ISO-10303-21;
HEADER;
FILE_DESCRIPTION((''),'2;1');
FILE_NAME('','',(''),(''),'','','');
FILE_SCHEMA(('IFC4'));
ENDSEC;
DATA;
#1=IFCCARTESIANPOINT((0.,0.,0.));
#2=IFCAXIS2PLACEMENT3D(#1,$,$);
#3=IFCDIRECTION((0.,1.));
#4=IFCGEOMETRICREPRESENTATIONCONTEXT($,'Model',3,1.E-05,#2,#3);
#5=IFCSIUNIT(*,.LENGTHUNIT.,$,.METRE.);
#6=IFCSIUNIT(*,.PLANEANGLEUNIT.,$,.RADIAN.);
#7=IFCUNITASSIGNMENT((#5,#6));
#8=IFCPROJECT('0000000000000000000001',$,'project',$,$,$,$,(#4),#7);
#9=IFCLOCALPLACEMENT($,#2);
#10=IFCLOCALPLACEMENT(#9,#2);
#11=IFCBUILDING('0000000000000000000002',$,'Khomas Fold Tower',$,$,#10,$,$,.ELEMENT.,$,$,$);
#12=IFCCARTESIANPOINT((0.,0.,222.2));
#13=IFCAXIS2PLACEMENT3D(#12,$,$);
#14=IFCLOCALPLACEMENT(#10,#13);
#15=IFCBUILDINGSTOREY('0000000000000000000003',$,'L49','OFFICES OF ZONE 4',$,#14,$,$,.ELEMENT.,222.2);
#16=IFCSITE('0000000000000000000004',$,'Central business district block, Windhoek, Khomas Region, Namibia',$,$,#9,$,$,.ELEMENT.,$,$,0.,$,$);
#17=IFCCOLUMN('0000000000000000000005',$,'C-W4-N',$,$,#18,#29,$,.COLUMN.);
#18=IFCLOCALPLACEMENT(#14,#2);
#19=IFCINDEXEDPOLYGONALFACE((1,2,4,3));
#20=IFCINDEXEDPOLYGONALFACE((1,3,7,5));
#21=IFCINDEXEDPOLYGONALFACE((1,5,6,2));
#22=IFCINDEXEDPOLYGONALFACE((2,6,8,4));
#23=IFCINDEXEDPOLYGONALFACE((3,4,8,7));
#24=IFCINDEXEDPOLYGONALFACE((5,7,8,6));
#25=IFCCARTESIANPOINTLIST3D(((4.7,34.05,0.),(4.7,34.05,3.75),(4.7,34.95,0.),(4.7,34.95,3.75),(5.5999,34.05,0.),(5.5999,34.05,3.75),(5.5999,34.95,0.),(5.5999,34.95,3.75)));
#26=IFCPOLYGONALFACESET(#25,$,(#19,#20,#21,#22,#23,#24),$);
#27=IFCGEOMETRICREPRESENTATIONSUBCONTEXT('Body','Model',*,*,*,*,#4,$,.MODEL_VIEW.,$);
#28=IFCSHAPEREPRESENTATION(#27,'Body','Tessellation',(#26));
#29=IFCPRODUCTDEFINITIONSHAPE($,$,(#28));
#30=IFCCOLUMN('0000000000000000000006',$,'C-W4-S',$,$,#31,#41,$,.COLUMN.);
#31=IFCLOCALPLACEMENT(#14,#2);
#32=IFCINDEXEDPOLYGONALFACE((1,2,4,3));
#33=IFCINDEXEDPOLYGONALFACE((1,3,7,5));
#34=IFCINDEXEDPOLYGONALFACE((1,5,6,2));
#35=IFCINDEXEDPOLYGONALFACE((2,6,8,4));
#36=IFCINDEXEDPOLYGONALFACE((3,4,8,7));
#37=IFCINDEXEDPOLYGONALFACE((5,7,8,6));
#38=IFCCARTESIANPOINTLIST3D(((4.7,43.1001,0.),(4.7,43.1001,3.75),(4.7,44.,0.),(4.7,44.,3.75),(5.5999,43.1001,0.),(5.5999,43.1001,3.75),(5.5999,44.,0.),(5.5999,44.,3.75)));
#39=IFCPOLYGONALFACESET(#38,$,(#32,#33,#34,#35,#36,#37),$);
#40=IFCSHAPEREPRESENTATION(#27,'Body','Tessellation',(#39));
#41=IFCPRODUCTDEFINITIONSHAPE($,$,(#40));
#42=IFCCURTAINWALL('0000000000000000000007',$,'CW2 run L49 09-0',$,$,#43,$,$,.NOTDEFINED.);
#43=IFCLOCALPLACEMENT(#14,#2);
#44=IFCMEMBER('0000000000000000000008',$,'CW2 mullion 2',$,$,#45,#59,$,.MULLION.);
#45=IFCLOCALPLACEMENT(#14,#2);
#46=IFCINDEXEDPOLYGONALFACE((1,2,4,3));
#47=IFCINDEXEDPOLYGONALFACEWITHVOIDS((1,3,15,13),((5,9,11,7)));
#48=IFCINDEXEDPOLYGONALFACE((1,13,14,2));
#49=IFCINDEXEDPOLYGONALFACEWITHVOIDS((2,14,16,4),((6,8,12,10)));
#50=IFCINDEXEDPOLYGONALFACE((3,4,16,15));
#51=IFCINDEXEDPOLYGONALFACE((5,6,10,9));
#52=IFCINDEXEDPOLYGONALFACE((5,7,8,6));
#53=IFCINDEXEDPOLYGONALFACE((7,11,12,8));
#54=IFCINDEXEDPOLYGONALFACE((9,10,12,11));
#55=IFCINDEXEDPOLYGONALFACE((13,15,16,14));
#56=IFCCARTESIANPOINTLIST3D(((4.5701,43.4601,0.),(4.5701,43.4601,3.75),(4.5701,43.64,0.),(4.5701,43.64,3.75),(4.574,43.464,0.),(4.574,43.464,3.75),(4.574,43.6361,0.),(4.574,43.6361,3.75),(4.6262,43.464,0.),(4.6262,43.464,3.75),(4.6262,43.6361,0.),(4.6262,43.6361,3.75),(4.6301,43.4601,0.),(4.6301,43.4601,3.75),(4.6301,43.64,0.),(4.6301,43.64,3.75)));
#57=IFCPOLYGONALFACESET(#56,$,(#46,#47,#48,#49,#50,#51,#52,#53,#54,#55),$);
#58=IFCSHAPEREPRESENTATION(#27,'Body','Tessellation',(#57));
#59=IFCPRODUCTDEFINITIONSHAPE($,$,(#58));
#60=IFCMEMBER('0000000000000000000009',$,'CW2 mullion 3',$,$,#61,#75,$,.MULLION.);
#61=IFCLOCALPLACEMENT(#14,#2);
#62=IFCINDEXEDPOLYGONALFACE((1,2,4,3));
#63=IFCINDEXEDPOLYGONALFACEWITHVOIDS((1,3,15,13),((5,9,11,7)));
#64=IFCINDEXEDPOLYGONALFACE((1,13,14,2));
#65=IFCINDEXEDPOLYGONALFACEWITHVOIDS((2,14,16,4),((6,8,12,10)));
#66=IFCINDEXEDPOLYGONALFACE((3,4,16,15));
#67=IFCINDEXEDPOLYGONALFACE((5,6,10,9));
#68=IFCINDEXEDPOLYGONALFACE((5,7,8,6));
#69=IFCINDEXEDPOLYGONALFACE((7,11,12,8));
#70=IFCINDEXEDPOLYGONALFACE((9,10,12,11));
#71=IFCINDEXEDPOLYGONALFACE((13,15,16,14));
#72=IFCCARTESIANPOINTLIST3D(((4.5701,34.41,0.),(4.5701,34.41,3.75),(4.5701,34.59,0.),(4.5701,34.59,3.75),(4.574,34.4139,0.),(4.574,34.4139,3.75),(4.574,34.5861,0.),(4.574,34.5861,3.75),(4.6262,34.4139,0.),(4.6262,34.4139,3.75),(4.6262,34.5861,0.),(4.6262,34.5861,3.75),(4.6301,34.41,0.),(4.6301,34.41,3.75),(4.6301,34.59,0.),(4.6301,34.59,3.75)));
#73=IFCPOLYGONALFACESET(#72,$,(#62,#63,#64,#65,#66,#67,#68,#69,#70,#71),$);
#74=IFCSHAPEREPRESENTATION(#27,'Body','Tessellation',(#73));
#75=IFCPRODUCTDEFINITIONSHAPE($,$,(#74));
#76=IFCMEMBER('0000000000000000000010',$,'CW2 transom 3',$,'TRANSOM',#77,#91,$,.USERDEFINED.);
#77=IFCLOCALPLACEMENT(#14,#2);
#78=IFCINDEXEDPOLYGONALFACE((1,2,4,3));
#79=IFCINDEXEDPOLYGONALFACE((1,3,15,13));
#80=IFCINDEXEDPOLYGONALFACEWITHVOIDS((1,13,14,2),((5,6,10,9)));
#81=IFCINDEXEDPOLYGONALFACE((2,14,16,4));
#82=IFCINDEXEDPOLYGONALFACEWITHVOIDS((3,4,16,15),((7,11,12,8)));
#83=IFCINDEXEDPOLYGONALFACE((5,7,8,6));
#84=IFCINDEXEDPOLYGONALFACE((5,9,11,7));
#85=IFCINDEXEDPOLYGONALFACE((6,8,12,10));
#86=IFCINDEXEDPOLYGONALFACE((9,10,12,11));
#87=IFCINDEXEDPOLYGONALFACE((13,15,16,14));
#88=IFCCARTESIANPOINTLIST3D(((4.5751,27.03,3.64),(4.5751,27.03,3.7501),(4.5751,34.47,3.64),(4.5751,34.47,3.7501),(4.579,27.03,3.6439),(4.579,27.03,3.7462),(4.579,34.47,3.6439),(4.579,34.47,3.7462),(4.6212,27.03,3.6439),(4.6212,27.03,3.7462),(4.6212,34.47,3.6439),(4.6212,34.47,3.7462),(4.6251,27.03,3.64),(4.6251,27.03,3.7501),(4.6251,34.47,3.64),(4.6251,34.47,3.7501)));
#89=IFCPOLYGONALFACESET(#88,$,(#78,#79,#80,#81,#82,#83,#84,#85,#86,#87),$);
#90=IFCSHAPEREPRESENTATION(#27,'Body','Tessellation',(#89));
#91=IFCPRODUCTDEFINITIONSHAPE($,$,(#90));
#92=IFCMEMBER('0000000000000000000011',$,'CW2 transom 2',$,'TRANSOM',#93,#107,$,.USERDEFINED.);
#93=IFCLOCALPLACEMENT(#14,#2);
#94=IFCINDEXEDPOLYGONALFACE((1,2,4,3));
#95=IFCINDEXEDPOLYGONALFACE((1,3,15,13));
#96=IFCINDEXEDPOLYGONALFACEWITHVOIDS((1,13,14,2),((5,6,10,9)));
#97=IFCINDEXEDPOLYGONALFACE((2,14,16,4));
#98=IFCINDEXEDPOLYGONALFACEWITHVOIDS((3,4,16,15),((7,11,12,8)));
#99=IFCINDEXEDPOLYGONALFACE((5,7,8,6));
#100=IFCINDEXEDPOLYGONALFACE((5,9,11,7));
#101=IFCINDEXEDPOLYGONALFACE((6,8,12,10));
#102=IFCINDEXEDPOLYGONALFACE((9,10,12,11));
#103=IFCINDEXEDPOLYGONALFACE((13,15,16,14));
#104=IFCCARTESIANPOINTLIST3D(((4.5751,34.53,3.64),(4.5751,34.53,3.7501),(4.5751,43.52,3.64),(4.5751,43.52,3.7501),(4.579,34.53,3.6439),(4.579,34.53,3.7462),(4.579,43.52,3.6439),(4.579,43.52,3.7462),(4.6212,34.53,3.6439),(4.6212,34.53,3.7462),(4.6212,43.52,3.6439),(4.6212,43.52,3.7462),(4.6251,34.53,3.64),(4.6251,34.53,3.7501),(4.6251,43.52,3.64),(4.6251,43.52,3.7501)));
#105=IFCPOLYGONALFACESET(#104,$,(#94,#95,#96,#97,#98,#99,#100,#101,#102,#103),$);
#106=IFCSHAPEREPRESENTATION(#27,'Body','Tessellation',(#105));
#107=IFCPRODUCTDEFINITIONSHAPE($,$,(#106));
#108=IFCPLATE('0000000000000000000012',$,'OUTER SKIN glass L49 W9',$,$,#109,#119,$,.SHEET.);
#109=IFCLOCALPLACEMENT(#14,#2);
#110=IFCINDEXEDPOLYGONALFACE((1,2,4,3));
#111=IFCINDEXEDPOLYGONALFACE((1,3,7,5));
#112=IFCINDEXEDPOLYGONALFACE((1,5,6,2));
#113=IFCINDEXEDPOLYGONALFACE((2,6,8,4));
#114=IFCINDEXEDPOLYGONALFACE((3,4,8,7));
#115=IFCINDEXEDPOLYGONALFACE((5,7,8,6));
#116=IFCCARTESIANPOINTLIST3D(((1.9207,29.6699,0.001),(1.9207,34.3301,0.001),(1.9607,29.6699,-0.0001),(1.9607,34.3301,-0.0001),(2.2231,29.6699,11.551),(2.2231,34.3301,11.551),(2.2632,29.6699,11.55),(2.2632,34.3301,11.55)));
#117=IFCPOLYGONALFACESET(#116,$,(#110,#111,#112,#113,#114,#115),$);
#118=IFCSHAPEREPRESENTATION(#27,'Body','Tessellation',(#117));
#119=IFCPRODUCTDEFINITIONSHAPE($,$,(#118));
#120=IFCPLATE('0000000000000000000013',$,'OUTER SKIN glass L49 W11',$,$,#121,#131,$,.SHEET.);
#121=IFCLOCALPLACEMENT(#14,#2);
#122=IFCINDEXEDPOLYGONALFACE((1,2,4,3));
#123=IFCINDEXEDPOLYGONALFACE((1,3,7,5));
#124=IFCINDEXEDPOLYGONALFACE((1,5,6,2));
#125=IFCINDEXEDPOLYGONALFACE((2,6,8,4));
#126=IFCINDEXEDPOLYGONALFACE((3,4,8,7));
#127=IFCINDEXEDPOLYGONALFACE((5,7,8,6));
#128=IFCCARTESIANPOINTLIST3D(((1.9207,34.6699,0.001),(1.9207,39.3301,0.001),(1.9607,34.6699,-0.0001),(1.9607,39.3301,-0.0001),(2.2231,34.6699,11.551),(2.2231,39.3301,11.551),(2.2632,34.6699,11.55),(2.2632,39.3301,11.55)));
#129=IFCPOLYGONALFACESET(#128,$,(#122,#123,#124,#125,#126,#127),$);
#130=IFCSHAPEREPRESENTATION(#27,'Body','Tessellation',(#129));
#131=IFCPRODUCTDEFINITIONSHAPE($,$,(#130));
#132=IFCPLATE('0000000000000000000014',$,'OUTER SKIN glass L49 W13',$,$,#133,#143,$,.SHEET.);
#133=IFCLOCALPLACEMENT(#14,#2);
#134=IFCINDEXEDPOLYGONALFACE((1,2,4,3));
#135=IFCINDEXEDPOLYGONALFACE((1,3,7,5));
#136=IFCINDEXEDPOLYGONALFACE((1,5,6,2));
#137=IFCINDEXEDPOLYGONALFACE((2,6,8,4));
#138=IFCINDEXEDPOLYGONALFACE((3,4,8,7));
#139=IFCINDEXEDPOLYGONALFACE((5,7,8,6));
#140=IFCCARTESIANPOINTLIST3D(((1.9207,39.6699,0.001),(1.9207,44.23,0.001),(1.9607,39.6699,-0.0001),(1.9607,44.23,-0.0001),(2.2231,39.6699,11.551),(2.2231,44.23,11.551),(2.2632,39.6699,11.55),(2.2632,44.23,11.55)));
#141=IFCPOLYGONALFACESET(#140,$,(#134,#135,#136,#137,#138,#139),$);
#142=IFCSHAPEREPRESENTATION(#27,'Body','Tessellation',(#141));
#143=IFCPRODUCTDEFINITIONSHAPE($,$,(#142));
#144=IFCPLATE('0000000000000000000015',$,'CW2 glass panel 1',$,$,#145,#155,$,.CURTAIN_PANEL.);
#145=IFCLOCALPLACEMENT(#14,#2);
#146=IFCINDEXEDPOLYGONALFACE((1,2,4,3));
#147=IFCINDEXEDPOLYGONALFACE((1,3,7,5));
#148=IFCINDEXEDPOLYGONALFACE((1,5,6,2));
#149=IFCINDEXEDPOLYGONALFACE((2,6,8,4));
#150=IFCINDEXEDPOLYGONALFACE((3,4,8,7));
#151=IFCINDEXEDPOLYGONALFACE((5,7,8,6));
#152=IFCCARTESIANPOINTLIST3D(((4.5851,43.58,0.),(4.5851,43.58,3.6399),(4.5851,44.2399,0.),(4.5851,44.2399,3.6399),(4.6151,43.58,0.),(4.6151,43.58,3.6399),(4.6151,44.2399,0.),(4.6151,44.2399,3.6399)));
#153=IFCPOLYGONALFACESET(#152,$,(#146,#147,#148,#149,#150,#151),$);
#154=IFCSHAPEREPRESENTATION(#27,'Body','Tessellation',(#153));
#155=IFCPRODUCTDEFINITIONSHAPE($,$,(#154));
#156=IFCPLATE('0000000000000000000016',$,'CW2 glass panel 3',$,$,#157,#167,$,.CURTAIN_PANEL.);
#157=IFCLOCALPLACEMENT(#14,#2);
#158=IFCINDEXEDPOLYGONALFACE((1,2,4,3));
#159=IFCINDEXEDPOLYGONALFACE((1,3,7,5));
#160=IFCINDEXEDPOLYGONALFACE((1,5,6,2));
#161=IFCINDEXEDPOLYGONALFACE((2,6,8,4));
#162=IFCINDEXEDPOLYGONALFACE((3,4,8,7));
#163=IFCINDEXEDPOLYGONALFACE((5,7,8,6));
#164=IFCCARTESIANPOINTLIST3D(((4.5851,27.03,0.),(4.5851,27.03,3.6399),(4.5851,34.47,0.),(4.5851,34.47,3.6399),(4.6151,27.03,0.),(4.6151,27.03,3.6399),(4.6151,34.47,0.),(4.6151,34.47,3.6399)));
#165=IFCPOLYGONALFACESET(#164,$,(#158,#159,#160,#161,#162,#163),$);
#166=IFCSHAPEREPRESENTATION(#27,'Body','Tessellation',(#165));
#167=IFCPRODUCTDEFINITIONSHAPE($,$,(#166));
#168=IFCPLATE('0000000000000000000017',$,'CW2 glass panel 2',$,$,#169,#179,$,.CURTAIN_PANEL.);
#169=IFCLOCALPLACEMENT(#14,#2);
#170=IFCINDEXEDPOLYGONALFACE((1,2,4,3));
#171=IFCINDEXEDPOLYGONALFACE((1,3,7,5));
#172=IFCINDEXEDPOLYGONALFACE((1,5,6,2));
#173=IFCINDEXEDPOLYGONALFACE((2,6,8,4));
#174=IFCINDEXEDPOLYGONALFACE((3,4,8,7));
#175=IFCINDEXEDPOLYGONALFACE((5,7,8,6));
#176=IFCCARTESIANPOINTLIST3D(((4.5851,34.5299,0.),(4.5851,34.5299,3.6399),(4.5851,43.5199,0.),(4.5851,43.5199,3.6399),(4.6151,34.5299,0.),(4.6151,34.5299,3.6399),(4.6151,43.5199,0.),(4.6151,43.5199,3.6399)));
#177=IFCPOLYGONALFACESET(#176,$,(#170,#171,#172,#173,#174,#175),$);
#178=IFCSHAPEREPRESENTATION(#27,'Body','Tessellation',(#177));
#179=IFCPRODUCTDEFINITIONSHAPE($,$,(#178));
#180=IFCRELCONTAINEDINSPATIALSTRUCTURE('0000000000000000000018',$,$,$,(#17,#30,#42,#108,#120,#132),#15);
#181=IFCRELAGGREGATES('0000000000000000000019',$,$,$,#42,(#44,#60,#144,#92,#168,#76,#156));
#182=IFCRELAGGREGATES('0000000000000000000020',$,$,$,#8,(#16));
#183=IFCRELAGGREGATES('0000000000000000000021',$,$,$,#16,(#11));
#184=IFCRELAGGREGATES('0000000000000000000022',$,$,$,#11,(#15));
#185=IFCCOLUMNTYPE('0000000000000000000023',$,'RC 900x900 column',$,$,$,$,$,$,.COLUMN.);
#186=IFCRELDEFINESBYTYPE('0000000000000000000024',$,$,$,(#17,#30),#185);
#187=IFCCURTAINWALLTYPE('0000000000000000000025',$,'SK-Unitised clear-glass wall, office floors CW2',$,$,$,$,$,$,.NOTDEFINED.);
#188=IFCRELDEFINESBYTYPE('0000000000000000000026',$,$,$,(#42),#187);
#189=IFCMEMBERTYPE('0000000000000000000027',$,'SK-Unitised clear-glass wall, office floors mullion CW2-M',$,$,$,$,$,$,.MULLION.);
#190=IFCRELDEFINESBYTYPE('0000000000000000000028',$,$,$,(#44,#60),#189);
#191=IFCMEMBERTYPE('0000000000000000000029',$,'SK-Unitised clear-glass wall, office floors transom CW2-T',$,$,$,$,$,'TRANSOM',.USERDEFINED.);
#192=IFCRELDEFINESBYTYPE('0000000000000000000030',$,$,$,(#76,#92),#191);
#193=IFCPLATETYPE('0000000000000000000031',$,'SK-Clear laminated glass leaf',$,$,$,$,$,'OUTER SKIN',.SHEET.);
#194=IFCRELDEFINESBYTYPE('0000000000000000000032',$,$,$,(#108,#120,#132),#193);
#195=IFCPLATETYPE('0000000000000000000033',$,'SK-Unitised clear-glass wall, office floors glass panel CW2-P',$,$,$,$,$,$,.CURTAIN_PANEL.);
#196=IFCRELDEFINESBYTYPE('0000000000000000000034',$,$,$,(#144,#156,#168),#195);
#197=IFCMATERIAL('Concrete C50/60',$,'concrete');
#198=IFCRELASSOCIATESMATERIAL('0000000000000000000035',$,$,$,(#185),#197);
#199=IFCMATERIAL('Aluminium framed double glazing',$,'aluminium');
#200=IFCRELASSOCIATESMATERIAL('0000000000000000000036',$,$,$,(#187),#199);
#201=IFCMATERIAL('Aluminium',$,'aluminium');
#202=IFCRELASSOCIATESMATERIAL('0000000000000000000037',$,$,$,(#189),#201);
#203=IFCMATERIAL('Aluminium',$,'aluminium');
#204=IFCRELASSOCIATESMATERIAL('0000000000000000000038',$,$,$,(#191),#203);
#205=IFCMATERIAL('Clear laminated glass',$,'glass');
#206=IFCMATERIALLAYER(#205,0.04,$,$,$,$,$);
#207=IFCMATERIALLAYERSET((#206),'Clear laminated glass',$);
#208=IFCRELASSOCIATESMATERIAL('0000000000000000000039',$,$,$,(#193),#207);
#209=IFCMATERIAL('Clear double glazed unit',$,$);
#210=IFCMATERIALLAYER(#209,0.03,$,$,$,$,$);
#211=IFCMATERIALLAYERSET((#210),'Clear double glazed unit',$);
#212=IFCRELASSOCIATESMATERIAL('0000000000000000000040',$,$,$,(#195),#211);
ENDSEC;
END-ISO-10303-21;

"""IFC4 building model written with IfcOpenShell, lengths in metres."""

from ifc_helpers import new_model, si_unit, direction, frame, origin, origin_2d, place, context, subcontext, project, spatial, polyline, rectangle, hollow_rectangle, outline, extrude, source, transform, mapped, material, layer, layer_set, material_profile, profile_set, type_object, element, aggregate, save


model = new_model("IFC4")

# Units and contexts
model_context = context("Model", 3, precision=1e-05, world=origin(), true_north=direction((0.0, 1.0)))
body_context = subcontext(model_context, "Body", "Model", "MODEL_VIEW")
ifc_project = project(units=[si_unit("LENGTHUNIT", "METRE"), si_unit("PLANEANGLEUNIT", "RADIAN")], contexts=[model_context])

# Site, building, storey
site_placement = place(None, origin())
site = spatial("IfcSite", under=ifc_project, at=site_placement, Name="Central business district block, Windhoek, Khomas Region, Namibia", CompositionType="ELEMENT", RefElevation=0.0)
building_placement = place(site_placement, origin())
building = spatial("IfcBuilding", under=site, at=building_placement, Name="Khomas Fold Tower", CompositionType="ELEMENT")
storey_placement = place(building_placement, frame((0.0, 0.0, 222.2)))
storey = spatial("IfcBuildingStorey", under=building, at=storey_placement, Name="L49", Description="OFFICES OF ZONE 4", CompositionType="ELEMENT", Elevation=222.2)

# Columns
ifc_material_1 = material(Name="Concrete C50/60", Category="concrete")
ifc_material_profile_1 = material_profile(ifc_material_1, rectangle(XDim=0.8999, YDim=0.8999, at=origin_2d()), Name="RC 900x900")
ifc_profile_set_1 = profile_set([ifc_material_profile_1], Name="Concrete C50/60")
column_type = type_object("IfcColumnType", Name="RC 900x900 column", PredefinedType="COLUMN", material=ifc_profile_set_1)
shared_shape_1 = source(origin(), body_context, "Body", "SweptSolid", [
    extrude(rectangle(XDim=0.8999, YDim=0.8999, at=origin_2d()), origin(), (0.0, 0.0, 1.0), 3.75),
])
for number, where, z_axis, x_axis, name in (
    (1, (5.1499, 34.5, 0.0), (0.0, 0.0, 1.0), (1.0, 0.0, 0.0), "C-W4-N"),
    (2, (5.1499, 43.55, 0.0), (0.0, 0.0, 1.0), (1.0, 0.0, 0.0), "C-W4-S"),
):
    element("IfcColumn", number, at=place(storey_placement, frame(where, z_axis=z_axis, x_axis=x_axis)), inside=storey, type_object=column_type, Name=name, PredefinedType="COLUMN", context=body_context, shape_type="MappedRepresentation", body=[
        mapped(shared_shape_1, transform((0.0, 0.0, 0.0))),
    ])

# Curtain wall, members
ifc_material_2 = material(Name="Aluminium framed double glazing", Category="aluminium")
curtain_wall_type = type_object("IfcCurtainWallType", Name="SK-Unitised clear-glass wall, office floors CW2", PredefinedType="NOTDEFINED", material=ifc_material_2)
curtain_wall_placement = place(storey_placement, origin())
curtain_wall = element("IfcCurtainWall", 3, at=curtain_wall_placement, inside=storey, type_object=curtain_wall_type, Name="CW2 run L49 09-0", PredefinedType="NOTDEFINED")
ifc_material_3 = material(Name="Aluminium", Category="aluminium")
ifc_material_profile_2 = material_profile(ifc_material_3, hollow_rectangle(XDim=0.0601, YDim=0.1799, WallThickness=0.0039, at=origin_2d()), Name="SK-Unitised clear-glass wall, office floors mullion CW2-M")
ifc_profile_set_2 = profile_set([ifc_material_profile_2], Name="Aluminium")
member_type_1 = type_object("IfcMemberType", Name="SK-Unitised clear-glass wall, office floors mullion CW2-M", PredefinedType="MULLION", material=ifc_profile_set_2)
shared_shape_2 = source(origin(), body_context, "Body", "SweptSolid", [
    extrude(hollow_rectangle(XDim=0.0601, YDim=0.1799, WallThickness=0.0039, at=origin_2d()), origin(), (0.0, 0.0, 1.0), 3.75),
])
member_1_placement = place(storey_placement, frame((4.6001, 43.55, 0.0), z_axis=(0.0, 0.0, 1.0), x_axis=(1.0, 0.0, 0.0)))
member_1 = element("IfcMember", 4, at=member_1_placement, type_object=member_type_1, Name="CW2 mullion 2", PredefinedType="MULLION", context=body_context, shape_type="MappedRepresentation", body=[
    mapped(shared_shape_2, transform((0.0, 0.0, 0.0))),
])
member_2_placement = place(storey_placement, frame((4.6001, 34.5, 0.0), z_axis=(0.0, 0.0, 1.0), x_axis=(1.0, 0.0, 0.0)))
member_2 = element("IfcMember", 5, at=member_2_placement, type_object=member_type_1, Name="CW2 mullion 3", PredefinedType="MULLION", context=body_context, shape_type="MappedRepresentation", body=[
    mapped(shared_shape_2, transform((0.0, 0.0, 0.0))),
])
ifc_material_4 = material(Name="Aluminium", Category="aluminium")
ifc_material_profile_3 = material_profile(ifc_material_4, hollow_rectangle(XDim=0.05, YDim=0.1101, WallThickness=0.0039, at=origin_2d()), Name="SK-Unitised clear-glass wall, office floors transom CW2-T")
ifc_profile_set_3 = profile_set([ifc_material_profile_3], Name="Aluminium")
member_type_2 = type_object("IfcMemberType", Name="SK-Unitised clear-glass wall, office floors transom CW2-T", ElementType="TRANSOM", PredefinedType="USERDEFINED", material=ifc_profile_set_3)
shared_shape_3 = source(origin(), body_context, "Body", "SweptSolid", [
    extrude(hollow_rectangle(XDim=0.05, YDim=0.1101, WallThickness=0.0039, at=origin_2d()), origin(), (0.0, 0.0, 1.0), 7.4399),
])
member_3_placement = place(storey_placement, frame((4.6001, 34.47, 3.6951), z_axis=(0.0, -1.0, 0.0), x_axis=(1.0, 0.0, 0.0)))
member_3 = element("IfcMember", 6, at=member_3_placement, type_object=member_type_2, Name="CW2 transom 3", ObjectType="TRANSOM", PredefinedType="USERDEFINED", context=body_context, shape_type="MappedRepresentation", body=[
    mapped(shared_shape_3, transform((0.0, 0.0, 0.0))),
])
shared_shape_4 = source(origin(), body_context, "Body", "SweptSolid", [
    extrude(hollow_rectangle(XDim=0.05, YDim=0.1101, WallThickness=0.0039, at=origin_2d()), origin(), (0.0, 0.0, 1.0), 8.99),
])
member_4_placement = place(storey_placement, frame((4.6001, 43.52, 3.6951), z_axis=(0.0, -1.0, 0.0), x_axis=(1.0, 0.0, 0.0)))
member_4 = element("IfcMember", 7, at=member_4_placement, type_object=member_type_2, Name="CW2 transom 2", ObjectType="TRANSOM", PredefinedType="USERDEFINED", context=body_context, shape_type="MappedRepresentation", body=[
    mapped(shared_shape_4, transform((0.0, 0.0, 0.0))),
])

# Plates
ifc_material_5 = material(Name="Clear laminated glass", Category="glass")
ifc_layer_1 = layer(ifc_material_5, 0.04)
ifc_layer_set_1 = layer_set([ifc_layer_1], Name="Clear laminated glass")
plate_type_1 = type_object("IfcPlateType", Name="SK-Clear laminated glass leaf", ElementType="OUTER SKIN", PredefinedType="SHEET", material=ifc_layer_set_1)
for number, where, z_axis, x_axis, name in (
    (8, (1.9207, 29.6699, 0.001), (-0.999657, 0.0, 0.026181), (0.0, 1.0, 0.0), "OUTER SKIN glass L49 W9"),
    (9, (1.9207, 34.6699, 0.001), (-0.999657, 0.0, 0.026181), (0.0, 1.0, 0.0), "OUTER SKIN glass L49 W11"),
):
    element("IfcPlate", number, at=place(storey_placement, frame(where, z_axis=z_axis, x_axis=x_axis)), inside=storey, type_object=plate_type_1, Name=name, PredefinedType="SHEET", context=body_context, shape_type="SweptSolid", body=[
        extrude(outline(polyline([(0.0, 0.0), (4.6602, 0.0), (4.6602, -11.554), (0.0, -11.554), (0.0, 0.0)])), origin(), (0.0, 0.0, -1.0), 0.04),
    ])
plate_1_placement = place(storey_placement, frame((1.9207, 39.6699, 0.001), z_axis=(-0.999657, 0.0, 0.026181), x_axis=(0.0, 1.0, 0.0)))
element("IfcPlate", 10, at=plate_1_placement, inside=storey, type_object=plate_type_1, Name="OUTER SKIN glass L49 W13", PredefinedType="SHEET", context=body_context, shape_type="SweptSolid", body=[
    extrude(outline(polyline([(0.0, 0.0), (4.5601, 0.0), (4.5601, -11.554), (0.0, -11.554), (0.0, 0.0)])), origin(), (0.0, 0.0, -1.0), 0.04),
])

# Plates
ifc_material_6 = material(Name="Clear double glazed unit")
ifc_layer_2 = layer(ifc_material_6, 0.03)
ifc_layer_set_2 = layer_set([ifc_layer_2], Name="Clear double glazed unit")
plate_type_2 = type_object("IfcPlateType", Name="SK-Unitised clear-glass wall, office floors glass panel CW2-P", PredefinedType="CURTAIN_PANEL", material=ifc_layer_set_2)
shared_shape_5 = source(origin(), body_context, "Body", "SweptSolid", [
    extrude(rectangle(XDim=0.6599, YDim=0.03, at=origin_2d()), origin(), (0.0, 0.0, 1.0), 3.6399),
])
plate_2_placement = place(storey_placement, frame((4.6001, 43.9099, 0.0), z_axis=(0.0, 0.0, 1.0), x_axis=(0.0, -1.0, 0.0)))
plate_2 = element("IfcPlate", 11, at=plate_2_placement, type_object=plate_type_2, Name="CW2 glass panel 1", PredefinedType="CURTAIN_PANEL", context=body_context, shape_type="MappedRepresentation", body=[
    mapped(shared_shape_5, transform((0.0, 0.0, 0.0))),
])
shared_shape_6 = source(origin(), body_context, "Body", "SweptSolid", [
    extrude(rectangle(XDim=7.4399, YDim=0.03, at=origin_2d()), origin(), (0.0, 0.0, 1.0), 3.6399),
])
plate_3_placement = place(storey_placement, frame((4.6001, 30.75, 0.0), z_axis=(0.0, 0.0, 1.0), x_axis=(0.0, -1.0, 0.0)))
plate_3 = element("IfcPlate", 12, at=plate_3_placement, type_object=plate_type_2, Name="CW2 glass panel 3", PredefinedType="CURTAIN_PANEL", context=body_context, shape_type="MappedRepresentation", body=[
    mapped(shared_shape_6, transform((0.0, 0.0, 0.0))),
])
shared_shape_7 = source(origin(), body_context, "Body", "SweptSolid", [
    extrude(rectangle(XDim=8.99, YDim=0.03, at=origin_2d()), origin(), (0.0, 0.0, 1.0), 3.6399),
])
plate_4_placement = place(storey_placement, frame((4.6001, 39.0249, 0.0), z_axis=(0.0, 0.0, 1.0), x_axis=(0.0, -1.0, 0.0)))
plate_4 = element("IfcPlate", 13, at=plate_4_placement, type_object=plate_type_2, Name="CW2 glass panel 2", PredefinedType="CURTAIN_PANEL", context=body_context, shape_type="MappedRepresentation", body=[
    mapped(shared_shape_7, transform((0.0, 0.0, 0.0))),
])
aggregate(curtain_wall, [member_1, member_2, plate_2, member_4, plate_4, member_3, plate_3])

save(model, "model.ifc")
